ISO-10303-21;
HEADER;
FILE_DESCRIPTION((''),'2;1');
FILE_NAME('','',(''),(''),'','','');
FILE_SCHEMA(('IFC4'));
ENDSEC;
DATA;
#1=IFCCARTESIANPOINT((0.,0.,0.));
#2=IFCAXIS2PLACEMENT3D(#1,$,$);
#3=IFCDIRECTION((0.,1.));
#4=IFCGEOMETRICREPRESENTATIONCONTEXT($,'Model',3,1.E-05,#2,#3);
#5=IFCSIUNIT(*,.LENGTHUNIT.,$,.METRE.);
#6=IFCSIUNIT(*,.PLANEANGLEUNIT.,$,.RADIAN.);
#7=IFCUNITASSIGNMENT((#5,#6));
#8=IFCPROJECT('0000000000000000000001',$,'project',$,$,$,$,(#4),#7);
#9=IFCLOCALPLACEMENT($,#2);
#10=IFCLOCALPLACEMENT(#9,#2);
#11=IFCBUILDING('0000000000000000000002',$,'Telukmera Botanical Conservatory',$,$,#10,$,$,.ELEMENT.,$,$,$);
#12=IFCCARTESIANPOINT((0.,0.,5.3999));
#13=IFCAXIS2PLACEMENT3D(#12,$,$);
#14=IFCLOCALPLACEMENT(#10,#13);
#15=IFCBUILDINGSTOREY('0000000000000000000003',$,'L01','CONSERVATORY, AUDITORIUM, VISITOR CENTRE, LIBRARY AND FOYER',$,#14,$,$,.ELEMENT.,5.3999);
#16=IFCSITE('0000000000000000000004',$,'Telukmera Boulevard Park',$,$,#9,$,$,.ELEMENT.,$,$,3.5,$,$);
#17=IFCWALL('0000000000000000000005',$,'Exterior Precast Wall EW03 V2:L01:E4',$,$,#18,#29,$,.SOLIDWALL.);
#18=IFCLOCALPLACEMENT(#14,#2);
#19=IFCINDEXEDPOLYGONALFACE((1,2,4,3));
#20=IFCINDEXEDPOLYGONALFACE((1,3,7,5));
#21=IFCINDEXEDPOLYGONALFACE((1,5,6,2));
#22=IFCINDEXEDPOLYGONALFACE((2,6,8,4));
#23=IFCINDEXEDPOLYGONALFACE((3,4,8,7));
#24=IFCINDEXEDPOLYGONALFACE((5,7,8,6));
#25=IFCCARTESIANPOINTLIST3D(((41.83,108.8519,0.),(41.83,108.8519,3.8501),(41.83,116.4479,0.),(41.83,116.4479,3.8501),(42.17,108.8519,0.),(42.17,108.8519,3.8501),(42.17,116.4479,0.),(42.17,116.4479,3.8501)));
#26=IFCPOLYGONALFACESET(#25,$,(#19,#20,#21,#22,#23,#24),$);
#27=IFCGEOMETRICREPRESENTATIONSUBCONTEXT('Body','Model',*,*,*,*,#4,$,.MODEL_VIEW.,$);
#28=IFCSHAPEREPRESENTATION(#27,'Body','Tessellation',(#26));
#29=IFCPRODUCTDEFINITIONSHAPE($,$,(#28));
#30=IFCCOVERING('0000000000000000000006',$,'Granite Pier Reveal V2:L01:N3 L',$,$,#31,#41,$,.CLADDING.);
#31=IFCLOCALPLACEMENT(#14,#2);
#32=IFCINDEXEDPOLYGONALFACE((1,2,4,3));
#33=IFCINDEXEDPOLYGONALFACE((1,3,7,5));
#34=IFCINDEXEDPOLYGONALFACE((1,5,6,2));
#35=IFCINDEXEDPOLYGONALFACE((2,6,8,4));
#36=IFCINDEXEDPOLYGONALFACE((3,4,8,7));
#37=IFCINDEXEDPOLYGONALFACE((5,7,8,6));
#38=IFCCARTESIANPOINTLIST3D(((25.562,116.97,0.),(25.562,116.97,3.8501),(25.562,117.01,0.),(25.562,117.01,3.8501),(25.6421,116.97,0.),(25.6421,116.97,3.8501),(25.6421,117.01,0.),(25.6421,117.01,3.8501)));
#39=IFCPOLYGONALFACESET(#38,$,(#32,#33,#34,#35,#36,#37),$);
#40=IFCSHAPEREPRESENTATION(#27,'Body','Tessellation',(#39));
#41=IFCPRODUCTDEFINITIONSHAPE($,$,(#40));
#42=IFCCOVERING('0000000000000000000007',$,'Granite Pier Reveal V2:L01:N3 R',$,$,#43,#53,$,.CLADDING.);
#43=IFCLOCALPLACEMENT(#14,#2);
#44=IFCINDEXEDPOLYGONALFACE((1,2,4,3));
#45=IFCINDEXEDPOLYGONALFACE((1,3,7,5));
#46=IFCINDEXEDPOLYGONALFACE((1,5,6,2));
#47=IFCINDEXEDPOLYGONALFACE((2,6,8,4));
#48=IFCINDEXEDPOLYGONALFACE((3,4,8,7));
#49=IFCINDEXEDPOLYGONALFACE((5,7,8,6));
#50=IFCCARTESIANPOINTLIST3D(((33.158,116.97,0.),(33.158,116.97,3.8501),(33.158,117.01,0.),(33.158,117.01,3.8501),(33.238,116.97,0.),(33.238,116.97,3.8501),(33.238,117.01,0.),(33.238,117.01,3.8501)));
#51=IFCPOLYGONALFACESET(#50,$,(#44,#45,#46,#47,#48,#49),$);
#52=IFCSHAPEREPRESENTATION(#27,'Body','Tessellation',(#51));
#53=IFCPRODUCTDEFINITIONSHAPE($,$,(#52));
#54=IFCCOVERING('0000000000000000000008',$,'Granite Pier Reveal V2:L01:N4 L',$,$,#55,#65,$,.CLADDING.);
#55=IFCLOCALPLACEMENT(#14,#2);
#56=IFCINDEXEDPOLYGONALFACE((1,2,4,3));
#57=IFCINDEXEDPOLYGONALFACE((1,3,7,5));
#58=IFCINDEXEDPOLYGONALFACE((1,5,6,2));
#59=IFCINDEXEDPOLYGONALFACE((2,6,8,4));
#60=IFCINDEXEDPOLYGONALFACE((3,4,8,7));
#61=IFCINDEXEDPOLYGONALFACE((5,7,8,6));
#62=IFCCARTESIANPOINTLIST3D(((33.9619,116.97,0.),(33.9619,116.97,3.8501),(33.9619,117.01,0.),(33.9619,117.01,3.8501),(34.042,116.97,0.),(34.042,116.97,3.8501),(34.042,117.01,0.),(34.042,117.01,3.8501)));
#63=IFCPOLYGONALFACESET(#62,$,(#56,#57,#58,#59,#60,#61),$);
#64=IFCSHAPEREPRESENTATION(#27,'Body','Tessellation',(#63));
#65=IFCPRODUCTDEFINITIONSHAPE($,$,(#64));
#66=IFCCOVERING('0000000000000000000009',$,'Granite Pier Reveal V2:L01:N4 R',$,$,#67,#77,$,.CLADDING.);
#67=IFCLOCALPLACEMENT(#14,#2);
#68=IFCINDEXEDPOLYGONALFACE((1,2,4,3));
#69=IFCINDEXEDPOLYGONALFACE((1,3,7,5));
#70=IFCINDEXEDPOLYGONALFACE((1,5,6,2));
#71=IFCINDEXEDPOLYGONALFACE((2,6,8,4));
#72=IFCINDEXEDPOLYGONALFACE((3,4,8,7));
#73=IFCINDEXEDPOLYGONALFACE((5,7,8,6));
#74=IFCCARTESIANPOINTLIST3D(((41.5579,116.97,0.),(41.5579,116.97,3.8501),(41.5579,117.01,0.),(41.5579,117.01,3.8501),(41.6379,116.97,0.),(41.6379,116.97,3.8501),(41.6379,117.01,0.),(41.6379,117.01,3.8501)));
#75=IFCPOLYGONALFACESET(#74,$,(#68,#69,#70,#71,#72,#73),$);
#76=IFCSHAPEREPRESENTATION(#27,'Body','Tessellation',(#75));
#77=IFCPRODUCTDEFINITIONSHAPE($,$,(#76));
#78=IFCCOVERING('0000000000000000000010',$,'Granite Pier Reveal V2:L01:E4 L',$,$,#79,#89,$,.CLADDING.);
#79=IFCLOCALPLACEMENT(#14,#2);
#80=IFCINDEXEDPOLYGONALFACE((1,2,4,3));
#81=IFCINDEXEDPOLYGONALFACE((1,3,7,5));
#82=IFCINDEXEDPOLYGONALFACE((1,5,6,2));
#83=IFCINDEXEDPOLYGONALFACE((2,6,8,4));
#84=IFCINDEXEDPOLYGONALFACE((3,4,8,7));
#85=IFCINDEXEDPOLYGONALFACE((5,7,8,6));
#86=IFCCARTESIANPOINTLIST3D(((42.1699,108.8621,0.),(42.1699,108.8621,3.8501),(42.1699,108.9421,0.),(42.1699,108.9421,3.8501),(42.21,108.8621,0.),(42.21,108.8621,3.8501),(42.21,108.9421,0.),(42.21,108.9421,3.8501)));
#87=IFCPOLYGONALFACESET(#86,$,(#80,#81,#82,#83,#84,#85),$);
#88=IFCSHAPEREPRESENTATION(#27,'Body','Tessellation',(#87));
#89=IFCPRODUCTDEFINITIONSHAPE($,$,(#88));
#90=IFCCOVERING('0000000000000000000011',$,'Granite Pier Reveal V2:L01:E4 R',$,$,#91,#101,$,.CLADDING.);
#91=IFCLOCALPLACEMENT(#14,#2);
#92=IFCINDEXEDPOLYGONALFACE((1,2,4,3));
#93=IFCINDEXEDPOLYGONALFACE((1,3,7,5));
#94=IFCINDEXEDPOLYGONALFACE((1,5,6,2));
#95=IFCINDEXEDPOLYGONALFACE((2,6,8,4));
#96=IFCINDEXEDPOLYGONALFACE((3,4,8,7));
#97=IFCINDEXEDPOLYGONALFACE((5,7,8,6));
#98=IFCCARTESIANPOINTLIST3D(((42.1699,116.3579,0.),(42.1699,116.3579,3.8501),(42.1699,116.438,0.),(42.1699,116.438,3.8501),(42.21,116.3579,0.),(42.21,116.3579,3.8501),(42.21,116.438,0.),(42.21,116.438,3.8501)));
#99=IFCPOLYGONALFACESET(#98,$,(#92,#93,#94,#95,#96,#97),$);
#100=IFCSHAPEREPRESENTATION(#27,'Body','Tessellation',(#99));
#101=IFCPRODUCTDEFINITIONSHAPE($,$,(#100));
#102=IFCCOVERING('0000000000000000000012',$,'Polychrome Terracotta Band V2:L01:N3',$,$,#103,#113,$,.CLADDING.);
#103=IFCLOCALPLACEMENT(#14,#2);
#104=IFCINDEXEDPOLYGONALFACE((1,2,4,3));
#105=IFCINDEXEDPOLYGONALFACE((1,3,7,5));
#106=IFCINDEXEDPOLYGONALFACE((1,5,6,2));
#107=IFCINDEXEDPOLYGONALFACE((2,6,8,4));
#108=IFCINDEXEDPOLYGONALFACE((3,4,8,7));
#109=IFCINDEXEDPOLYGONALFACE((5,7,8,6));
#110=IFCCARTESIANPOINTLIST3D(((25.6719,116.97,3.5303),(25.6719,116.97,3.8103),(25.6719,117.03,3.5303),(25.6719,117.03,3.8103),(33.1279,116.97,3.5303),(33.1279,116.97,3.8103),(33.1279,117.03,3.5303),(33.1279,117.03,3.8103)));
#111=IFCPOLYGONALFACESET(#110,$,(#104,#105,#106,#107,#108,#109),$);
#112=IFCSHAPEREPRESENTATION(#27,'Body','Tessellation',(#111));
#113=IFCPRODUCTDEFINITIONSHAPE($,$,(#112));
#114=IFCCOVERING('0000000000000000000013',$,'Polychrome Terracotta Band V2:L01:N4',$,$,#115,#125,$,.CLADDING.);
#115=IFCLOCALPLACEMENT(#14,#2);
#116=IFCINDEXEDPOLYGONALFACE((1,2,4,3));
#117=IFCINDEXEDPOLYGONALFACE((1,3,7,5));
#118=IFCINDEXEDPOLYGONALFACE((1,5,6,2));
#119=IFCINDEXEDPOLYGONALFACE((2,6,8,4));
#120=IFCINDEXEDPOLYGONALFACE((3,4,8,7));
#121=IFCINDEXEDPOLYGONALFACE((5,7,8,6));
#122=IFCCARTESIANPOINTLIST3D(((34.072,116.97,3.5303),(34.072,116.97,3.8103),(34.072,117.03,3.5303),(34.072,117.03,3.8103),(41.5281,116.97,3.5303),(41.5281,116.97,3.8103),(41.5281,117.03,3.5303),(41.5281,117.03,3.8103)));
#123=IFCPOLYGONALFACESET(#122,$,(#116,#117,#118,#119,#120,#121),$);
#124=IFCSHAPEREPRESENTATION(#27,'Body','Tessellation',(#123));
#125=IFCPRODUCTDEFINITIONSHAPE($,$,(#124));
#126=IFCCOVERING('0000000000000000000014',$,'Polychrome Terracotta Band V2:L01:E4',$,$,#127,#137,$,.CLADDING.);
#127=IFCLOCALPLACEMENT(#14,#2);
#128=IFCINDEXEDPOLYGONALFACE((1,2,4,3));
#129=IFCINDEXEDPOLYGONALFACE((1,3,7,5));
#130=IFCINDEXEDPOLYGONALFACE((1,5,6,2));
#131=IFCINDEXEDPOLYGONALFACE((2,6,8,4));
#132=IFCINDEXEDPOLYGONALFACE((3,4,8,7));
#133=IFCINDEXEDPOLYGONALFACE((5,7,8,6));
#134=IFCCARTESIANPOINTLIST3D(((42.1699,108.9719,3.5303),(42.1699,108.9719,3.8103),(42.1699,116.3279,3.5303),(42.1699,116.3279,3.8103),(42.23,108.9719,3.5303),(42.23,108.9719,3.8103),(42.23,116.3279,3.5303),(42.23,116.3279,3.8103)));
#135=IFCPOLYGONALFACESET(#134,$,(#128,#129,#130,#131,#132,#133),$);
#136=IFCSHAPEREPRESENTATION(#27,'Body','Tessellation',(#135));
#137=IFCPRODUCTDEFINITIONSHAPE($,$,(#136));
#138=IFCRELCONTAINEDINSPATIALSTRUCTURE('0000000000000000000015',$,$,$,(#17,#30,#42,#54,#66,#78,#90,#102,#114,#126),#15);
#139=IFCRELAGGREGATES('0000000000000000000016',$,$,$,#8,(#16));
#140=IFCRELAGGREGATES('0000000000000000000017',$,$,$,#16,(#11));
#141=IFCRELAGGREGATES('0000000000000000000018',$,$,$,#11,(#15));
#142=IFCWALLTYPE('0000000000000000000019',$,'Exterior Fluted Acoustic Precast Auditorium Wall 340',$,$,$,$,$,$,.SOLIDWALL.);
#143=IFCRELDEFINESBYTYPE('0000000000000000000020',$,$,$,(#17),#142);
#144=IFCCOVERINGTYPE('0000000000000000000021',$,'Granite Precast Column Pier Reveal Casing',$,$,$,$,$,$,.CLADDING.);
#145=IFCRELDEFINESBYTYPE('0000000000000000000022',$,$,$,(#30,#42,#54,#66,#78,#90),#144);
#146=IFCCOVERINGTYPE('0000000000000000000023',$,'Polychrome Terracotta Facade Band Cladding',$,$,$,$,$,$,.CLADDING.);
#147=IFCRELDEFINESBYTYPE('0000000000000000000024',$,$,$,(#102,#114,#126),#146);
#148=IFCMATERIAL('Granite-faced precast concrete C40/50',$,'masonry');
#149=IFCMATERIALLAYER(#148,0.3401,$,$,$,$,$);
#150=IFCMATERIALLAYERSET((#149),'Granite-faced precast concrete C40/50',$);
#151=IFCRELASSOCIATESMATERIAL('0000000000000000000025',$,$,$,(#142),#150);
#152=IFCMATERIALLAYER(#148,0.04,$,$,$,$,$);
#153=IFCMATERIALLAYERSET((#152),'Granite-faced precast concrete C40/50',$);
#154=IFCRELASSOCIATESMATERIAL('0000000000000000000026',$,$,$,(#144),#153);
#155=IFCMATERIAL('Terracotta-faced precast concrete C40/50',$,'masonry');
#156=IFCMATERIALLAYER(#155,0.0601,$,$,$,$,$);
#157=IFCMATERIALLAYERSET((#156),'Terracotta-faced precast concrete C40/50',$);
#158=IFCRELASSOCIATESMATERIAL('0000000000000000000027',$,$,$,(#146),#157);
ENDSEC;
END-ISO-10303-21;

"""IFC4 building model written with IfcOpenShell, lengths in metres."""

from ifc_helpers import new_model, si_unit, direction, frame, frame_2d, origin, origin_2d, place, context, subcontext, project, spatial, rectangle, extrude, material, layer, layer_set, type_object, element, save


model = new_model("IFC4")

# Units and contexts
model_context = context("Model", 3, precision=1e-05, world=origin(), true_north=direction((0.0, 1.0)))
body_context = subcontext(model_context, "Body", "Model", "MODEL_VIEW")
ifc_project = project(units=[si_unit("LENGTHUNIT", "METRE"), si_unit("PLANEANGLEUNIT", "RADIAN")], contexts=[model_context])

# Site, building, storey
site_placement = place(None, origin())
site = spatial("IfcSite", under=ifc_project, at=site_placement, Name="Telukmera Boulevard Park", CompositionType="ELEMENT", RefElevation=3.5)
building_placement = place(site_placement, origin())
building = spatial("IfcBuilding", under=site, at=building_placement, Name="Telukmera Botanical Conservatory", CompositionType="ELEMENT")
storey_placement = place(building_placement, frame((0.0, 0.0, 5.3999)))
storey = spatial("IfcBuildingStorey", under=building, at=storey_placement, Name="L01", Description="CONSERVATORY, AUDITORIUM, VISITOR CENTRE, LIBRARY AND FOYER", CompositionType="ELEMENT", Elevation=5.3999)

# Wall
ifc_material_1 = material(Name="Granite-faced precast concrete C40/50", Category="masonry")
ifc_layer_1 = layer(ifc_material_1, 0.3401)
ifc_layer_set_1 = layer_set([ifc_layer_1], Name="Granite-faced precast concrete C40/50")
wall_type = type_object("IfcWallType", Name="Exterior Fluted Acoustic Precast Auditorium Wall 340", PredefinedType="SOLIDWALL", material=ifc_layer_set_1)
wall_placement = place(storey_placement, frame((42.0, 108.8521, 0.0), z_axis=(0.0, 0.0, 1.0), x_axis=(0.0, 1.0, 0.0)))
element("IfcWall", 1, at=wall_placement, inside=storey, type_object=wall_type, Name="Exterior Precast Wall EW03 V2:L01:E4", PredefinedType="SOLIDWALL", context=body_context, shape_type="SweptSolid", body=[
    extrude(rectangle(XDim=7.5959, YDim=0.3401, at=frame_2d((3.7979, 0.0))), origin(), (0.0, 0.0, 1.0), 3.8501),
])

# Coverings
ifc_layer_2 = layer(ifc_material_1, 0.04)
ifc_layer_set_2 = layer_set([ifc_layer_2], Name="Granite-faced precast concrete C40/50")
covering_type_1 = type_object("IfcCoveringType", Name="Granite Precast Column Pier Reveal Casing", PredefinedType="CLADDING", material=ifc_layer_set_2)
for number, where, z_axis, x_axis, name in (
    (2, (25.6021, 116.99, 0.0), (0.0, 0.0, 1.0), (1.0, 0.0, 0.0), "Granite Pier Reveal V2:L01:N3 L"),
    (3, (33.198, 116.99, 0.0), (0.0, 0.0, 1.0), (1.0, 0.0, 0.0), "Granite Pier Reveal V2:L01:N3 R"),
    (4, (34.002, 116.99, 0.0), (0.0, 0.0, 1.0), (1.0, 0.0, 0.0), "Granite Pier Reveal V2:L01:N4 L"),
    (5, (41.5979, 116.99, 0.0), (0.0, 0.0, 1.0), (1.0, 0.0, 0.0), "Granite Pier Reveal V2:L01:N4 R"),
    (6, (42.1899, 108.9021, 0.0), (0.0, 0.0, 1.0), (0.0, 1.0, 0.0), "Granite Pier Reveal V2:L01:E4 L"),
    (7, (42.1899, 116.3979, 0.0), (0.0, 0.0, 1.0), (0.0, 1.0, 0.0), "Granite Pier Reveal V2:L01:E4 R"),
):
    element("IfcCovering", number, at=place(storey_placement, frame(where, z_axis=z_axis, x_axis=x_axis)), inside=storey, type_object=covering_type_1, Name=name, PredefinedType="CLADDING", context=body_context, shape_type="SweptSolid", body=[
        extrude(rectangle(XDim=0.0801, YDim=0.04, at=origin_2d()), origin(), (0.0, 0.0, 1.0), 3.8501),
    ])
ifc_material_2 = material(Name="Terracotta-faced precast concrete C40/50", Category="masonry")
ifc_layer_3 = layer(ifc_material_2, 0.0601)
ifc_layer_set_3 = layer_set([ifc_layer_3], Name="Terracotta-faced precast concrete C40/50")
covering_type_2 = type_object("IfcCoveringType", Name="Polychrome Terracotta Facade Band Cladding", PredefinedType="CLADDING", material=ifc_layer_set_3)
for number, where, z_axis, x_axis, name in (
    (8, (29.3999, 117.0, 3.5303), (0.0, 0.0, 1.0), (1.0, 0.0, 0.0), "Polychrome Terracotta Band V2:L01:N3"),
    (9, (37.8, 117.0, 3.5303), (0.0, 0.0, 1.0), (1.0, 0.0, 0.0), "Polychrome Terracotta Band V2:L01:N4"),
):
    element("IfcCovering", number, at=place(storey_placement, frame(where, z_axis=z_axis, x_axis=x_axis)), inside=storey, type_object=covering_type_2, Name=name, PredefinedType="CLADDING", context=body_context, shape_type="SweptSolid", body=[
        extrude(rectangle(XDim=7.4561, YDim=0.0601, at=origin_2d()), origin(), (0.0, 0.0, 1.0), 0.28),
    ])
covering_placement = place(storey_placement, frame((42.2, 112.6499, 3.5303), z_axis=(0.0, 0.0, 1.0), x_axis=(0.0, 1.0, 0.0)))
element("IfcCovering", 10, at=covering_placement, inside=storey, type_object=covering_type_2, Name="Polychrome Terracotta Band V2:L01:E4", PredefinedType="CLADDING", context=body_context, shape_type="SweptSolid", body=[
    extrude(rectangle(XDim=7.356, YDim=0.0601, at=origin_2d()), origin(), (0.0, 0.0, 1.0), 0.28),
])

save(model, "model.ifc")
